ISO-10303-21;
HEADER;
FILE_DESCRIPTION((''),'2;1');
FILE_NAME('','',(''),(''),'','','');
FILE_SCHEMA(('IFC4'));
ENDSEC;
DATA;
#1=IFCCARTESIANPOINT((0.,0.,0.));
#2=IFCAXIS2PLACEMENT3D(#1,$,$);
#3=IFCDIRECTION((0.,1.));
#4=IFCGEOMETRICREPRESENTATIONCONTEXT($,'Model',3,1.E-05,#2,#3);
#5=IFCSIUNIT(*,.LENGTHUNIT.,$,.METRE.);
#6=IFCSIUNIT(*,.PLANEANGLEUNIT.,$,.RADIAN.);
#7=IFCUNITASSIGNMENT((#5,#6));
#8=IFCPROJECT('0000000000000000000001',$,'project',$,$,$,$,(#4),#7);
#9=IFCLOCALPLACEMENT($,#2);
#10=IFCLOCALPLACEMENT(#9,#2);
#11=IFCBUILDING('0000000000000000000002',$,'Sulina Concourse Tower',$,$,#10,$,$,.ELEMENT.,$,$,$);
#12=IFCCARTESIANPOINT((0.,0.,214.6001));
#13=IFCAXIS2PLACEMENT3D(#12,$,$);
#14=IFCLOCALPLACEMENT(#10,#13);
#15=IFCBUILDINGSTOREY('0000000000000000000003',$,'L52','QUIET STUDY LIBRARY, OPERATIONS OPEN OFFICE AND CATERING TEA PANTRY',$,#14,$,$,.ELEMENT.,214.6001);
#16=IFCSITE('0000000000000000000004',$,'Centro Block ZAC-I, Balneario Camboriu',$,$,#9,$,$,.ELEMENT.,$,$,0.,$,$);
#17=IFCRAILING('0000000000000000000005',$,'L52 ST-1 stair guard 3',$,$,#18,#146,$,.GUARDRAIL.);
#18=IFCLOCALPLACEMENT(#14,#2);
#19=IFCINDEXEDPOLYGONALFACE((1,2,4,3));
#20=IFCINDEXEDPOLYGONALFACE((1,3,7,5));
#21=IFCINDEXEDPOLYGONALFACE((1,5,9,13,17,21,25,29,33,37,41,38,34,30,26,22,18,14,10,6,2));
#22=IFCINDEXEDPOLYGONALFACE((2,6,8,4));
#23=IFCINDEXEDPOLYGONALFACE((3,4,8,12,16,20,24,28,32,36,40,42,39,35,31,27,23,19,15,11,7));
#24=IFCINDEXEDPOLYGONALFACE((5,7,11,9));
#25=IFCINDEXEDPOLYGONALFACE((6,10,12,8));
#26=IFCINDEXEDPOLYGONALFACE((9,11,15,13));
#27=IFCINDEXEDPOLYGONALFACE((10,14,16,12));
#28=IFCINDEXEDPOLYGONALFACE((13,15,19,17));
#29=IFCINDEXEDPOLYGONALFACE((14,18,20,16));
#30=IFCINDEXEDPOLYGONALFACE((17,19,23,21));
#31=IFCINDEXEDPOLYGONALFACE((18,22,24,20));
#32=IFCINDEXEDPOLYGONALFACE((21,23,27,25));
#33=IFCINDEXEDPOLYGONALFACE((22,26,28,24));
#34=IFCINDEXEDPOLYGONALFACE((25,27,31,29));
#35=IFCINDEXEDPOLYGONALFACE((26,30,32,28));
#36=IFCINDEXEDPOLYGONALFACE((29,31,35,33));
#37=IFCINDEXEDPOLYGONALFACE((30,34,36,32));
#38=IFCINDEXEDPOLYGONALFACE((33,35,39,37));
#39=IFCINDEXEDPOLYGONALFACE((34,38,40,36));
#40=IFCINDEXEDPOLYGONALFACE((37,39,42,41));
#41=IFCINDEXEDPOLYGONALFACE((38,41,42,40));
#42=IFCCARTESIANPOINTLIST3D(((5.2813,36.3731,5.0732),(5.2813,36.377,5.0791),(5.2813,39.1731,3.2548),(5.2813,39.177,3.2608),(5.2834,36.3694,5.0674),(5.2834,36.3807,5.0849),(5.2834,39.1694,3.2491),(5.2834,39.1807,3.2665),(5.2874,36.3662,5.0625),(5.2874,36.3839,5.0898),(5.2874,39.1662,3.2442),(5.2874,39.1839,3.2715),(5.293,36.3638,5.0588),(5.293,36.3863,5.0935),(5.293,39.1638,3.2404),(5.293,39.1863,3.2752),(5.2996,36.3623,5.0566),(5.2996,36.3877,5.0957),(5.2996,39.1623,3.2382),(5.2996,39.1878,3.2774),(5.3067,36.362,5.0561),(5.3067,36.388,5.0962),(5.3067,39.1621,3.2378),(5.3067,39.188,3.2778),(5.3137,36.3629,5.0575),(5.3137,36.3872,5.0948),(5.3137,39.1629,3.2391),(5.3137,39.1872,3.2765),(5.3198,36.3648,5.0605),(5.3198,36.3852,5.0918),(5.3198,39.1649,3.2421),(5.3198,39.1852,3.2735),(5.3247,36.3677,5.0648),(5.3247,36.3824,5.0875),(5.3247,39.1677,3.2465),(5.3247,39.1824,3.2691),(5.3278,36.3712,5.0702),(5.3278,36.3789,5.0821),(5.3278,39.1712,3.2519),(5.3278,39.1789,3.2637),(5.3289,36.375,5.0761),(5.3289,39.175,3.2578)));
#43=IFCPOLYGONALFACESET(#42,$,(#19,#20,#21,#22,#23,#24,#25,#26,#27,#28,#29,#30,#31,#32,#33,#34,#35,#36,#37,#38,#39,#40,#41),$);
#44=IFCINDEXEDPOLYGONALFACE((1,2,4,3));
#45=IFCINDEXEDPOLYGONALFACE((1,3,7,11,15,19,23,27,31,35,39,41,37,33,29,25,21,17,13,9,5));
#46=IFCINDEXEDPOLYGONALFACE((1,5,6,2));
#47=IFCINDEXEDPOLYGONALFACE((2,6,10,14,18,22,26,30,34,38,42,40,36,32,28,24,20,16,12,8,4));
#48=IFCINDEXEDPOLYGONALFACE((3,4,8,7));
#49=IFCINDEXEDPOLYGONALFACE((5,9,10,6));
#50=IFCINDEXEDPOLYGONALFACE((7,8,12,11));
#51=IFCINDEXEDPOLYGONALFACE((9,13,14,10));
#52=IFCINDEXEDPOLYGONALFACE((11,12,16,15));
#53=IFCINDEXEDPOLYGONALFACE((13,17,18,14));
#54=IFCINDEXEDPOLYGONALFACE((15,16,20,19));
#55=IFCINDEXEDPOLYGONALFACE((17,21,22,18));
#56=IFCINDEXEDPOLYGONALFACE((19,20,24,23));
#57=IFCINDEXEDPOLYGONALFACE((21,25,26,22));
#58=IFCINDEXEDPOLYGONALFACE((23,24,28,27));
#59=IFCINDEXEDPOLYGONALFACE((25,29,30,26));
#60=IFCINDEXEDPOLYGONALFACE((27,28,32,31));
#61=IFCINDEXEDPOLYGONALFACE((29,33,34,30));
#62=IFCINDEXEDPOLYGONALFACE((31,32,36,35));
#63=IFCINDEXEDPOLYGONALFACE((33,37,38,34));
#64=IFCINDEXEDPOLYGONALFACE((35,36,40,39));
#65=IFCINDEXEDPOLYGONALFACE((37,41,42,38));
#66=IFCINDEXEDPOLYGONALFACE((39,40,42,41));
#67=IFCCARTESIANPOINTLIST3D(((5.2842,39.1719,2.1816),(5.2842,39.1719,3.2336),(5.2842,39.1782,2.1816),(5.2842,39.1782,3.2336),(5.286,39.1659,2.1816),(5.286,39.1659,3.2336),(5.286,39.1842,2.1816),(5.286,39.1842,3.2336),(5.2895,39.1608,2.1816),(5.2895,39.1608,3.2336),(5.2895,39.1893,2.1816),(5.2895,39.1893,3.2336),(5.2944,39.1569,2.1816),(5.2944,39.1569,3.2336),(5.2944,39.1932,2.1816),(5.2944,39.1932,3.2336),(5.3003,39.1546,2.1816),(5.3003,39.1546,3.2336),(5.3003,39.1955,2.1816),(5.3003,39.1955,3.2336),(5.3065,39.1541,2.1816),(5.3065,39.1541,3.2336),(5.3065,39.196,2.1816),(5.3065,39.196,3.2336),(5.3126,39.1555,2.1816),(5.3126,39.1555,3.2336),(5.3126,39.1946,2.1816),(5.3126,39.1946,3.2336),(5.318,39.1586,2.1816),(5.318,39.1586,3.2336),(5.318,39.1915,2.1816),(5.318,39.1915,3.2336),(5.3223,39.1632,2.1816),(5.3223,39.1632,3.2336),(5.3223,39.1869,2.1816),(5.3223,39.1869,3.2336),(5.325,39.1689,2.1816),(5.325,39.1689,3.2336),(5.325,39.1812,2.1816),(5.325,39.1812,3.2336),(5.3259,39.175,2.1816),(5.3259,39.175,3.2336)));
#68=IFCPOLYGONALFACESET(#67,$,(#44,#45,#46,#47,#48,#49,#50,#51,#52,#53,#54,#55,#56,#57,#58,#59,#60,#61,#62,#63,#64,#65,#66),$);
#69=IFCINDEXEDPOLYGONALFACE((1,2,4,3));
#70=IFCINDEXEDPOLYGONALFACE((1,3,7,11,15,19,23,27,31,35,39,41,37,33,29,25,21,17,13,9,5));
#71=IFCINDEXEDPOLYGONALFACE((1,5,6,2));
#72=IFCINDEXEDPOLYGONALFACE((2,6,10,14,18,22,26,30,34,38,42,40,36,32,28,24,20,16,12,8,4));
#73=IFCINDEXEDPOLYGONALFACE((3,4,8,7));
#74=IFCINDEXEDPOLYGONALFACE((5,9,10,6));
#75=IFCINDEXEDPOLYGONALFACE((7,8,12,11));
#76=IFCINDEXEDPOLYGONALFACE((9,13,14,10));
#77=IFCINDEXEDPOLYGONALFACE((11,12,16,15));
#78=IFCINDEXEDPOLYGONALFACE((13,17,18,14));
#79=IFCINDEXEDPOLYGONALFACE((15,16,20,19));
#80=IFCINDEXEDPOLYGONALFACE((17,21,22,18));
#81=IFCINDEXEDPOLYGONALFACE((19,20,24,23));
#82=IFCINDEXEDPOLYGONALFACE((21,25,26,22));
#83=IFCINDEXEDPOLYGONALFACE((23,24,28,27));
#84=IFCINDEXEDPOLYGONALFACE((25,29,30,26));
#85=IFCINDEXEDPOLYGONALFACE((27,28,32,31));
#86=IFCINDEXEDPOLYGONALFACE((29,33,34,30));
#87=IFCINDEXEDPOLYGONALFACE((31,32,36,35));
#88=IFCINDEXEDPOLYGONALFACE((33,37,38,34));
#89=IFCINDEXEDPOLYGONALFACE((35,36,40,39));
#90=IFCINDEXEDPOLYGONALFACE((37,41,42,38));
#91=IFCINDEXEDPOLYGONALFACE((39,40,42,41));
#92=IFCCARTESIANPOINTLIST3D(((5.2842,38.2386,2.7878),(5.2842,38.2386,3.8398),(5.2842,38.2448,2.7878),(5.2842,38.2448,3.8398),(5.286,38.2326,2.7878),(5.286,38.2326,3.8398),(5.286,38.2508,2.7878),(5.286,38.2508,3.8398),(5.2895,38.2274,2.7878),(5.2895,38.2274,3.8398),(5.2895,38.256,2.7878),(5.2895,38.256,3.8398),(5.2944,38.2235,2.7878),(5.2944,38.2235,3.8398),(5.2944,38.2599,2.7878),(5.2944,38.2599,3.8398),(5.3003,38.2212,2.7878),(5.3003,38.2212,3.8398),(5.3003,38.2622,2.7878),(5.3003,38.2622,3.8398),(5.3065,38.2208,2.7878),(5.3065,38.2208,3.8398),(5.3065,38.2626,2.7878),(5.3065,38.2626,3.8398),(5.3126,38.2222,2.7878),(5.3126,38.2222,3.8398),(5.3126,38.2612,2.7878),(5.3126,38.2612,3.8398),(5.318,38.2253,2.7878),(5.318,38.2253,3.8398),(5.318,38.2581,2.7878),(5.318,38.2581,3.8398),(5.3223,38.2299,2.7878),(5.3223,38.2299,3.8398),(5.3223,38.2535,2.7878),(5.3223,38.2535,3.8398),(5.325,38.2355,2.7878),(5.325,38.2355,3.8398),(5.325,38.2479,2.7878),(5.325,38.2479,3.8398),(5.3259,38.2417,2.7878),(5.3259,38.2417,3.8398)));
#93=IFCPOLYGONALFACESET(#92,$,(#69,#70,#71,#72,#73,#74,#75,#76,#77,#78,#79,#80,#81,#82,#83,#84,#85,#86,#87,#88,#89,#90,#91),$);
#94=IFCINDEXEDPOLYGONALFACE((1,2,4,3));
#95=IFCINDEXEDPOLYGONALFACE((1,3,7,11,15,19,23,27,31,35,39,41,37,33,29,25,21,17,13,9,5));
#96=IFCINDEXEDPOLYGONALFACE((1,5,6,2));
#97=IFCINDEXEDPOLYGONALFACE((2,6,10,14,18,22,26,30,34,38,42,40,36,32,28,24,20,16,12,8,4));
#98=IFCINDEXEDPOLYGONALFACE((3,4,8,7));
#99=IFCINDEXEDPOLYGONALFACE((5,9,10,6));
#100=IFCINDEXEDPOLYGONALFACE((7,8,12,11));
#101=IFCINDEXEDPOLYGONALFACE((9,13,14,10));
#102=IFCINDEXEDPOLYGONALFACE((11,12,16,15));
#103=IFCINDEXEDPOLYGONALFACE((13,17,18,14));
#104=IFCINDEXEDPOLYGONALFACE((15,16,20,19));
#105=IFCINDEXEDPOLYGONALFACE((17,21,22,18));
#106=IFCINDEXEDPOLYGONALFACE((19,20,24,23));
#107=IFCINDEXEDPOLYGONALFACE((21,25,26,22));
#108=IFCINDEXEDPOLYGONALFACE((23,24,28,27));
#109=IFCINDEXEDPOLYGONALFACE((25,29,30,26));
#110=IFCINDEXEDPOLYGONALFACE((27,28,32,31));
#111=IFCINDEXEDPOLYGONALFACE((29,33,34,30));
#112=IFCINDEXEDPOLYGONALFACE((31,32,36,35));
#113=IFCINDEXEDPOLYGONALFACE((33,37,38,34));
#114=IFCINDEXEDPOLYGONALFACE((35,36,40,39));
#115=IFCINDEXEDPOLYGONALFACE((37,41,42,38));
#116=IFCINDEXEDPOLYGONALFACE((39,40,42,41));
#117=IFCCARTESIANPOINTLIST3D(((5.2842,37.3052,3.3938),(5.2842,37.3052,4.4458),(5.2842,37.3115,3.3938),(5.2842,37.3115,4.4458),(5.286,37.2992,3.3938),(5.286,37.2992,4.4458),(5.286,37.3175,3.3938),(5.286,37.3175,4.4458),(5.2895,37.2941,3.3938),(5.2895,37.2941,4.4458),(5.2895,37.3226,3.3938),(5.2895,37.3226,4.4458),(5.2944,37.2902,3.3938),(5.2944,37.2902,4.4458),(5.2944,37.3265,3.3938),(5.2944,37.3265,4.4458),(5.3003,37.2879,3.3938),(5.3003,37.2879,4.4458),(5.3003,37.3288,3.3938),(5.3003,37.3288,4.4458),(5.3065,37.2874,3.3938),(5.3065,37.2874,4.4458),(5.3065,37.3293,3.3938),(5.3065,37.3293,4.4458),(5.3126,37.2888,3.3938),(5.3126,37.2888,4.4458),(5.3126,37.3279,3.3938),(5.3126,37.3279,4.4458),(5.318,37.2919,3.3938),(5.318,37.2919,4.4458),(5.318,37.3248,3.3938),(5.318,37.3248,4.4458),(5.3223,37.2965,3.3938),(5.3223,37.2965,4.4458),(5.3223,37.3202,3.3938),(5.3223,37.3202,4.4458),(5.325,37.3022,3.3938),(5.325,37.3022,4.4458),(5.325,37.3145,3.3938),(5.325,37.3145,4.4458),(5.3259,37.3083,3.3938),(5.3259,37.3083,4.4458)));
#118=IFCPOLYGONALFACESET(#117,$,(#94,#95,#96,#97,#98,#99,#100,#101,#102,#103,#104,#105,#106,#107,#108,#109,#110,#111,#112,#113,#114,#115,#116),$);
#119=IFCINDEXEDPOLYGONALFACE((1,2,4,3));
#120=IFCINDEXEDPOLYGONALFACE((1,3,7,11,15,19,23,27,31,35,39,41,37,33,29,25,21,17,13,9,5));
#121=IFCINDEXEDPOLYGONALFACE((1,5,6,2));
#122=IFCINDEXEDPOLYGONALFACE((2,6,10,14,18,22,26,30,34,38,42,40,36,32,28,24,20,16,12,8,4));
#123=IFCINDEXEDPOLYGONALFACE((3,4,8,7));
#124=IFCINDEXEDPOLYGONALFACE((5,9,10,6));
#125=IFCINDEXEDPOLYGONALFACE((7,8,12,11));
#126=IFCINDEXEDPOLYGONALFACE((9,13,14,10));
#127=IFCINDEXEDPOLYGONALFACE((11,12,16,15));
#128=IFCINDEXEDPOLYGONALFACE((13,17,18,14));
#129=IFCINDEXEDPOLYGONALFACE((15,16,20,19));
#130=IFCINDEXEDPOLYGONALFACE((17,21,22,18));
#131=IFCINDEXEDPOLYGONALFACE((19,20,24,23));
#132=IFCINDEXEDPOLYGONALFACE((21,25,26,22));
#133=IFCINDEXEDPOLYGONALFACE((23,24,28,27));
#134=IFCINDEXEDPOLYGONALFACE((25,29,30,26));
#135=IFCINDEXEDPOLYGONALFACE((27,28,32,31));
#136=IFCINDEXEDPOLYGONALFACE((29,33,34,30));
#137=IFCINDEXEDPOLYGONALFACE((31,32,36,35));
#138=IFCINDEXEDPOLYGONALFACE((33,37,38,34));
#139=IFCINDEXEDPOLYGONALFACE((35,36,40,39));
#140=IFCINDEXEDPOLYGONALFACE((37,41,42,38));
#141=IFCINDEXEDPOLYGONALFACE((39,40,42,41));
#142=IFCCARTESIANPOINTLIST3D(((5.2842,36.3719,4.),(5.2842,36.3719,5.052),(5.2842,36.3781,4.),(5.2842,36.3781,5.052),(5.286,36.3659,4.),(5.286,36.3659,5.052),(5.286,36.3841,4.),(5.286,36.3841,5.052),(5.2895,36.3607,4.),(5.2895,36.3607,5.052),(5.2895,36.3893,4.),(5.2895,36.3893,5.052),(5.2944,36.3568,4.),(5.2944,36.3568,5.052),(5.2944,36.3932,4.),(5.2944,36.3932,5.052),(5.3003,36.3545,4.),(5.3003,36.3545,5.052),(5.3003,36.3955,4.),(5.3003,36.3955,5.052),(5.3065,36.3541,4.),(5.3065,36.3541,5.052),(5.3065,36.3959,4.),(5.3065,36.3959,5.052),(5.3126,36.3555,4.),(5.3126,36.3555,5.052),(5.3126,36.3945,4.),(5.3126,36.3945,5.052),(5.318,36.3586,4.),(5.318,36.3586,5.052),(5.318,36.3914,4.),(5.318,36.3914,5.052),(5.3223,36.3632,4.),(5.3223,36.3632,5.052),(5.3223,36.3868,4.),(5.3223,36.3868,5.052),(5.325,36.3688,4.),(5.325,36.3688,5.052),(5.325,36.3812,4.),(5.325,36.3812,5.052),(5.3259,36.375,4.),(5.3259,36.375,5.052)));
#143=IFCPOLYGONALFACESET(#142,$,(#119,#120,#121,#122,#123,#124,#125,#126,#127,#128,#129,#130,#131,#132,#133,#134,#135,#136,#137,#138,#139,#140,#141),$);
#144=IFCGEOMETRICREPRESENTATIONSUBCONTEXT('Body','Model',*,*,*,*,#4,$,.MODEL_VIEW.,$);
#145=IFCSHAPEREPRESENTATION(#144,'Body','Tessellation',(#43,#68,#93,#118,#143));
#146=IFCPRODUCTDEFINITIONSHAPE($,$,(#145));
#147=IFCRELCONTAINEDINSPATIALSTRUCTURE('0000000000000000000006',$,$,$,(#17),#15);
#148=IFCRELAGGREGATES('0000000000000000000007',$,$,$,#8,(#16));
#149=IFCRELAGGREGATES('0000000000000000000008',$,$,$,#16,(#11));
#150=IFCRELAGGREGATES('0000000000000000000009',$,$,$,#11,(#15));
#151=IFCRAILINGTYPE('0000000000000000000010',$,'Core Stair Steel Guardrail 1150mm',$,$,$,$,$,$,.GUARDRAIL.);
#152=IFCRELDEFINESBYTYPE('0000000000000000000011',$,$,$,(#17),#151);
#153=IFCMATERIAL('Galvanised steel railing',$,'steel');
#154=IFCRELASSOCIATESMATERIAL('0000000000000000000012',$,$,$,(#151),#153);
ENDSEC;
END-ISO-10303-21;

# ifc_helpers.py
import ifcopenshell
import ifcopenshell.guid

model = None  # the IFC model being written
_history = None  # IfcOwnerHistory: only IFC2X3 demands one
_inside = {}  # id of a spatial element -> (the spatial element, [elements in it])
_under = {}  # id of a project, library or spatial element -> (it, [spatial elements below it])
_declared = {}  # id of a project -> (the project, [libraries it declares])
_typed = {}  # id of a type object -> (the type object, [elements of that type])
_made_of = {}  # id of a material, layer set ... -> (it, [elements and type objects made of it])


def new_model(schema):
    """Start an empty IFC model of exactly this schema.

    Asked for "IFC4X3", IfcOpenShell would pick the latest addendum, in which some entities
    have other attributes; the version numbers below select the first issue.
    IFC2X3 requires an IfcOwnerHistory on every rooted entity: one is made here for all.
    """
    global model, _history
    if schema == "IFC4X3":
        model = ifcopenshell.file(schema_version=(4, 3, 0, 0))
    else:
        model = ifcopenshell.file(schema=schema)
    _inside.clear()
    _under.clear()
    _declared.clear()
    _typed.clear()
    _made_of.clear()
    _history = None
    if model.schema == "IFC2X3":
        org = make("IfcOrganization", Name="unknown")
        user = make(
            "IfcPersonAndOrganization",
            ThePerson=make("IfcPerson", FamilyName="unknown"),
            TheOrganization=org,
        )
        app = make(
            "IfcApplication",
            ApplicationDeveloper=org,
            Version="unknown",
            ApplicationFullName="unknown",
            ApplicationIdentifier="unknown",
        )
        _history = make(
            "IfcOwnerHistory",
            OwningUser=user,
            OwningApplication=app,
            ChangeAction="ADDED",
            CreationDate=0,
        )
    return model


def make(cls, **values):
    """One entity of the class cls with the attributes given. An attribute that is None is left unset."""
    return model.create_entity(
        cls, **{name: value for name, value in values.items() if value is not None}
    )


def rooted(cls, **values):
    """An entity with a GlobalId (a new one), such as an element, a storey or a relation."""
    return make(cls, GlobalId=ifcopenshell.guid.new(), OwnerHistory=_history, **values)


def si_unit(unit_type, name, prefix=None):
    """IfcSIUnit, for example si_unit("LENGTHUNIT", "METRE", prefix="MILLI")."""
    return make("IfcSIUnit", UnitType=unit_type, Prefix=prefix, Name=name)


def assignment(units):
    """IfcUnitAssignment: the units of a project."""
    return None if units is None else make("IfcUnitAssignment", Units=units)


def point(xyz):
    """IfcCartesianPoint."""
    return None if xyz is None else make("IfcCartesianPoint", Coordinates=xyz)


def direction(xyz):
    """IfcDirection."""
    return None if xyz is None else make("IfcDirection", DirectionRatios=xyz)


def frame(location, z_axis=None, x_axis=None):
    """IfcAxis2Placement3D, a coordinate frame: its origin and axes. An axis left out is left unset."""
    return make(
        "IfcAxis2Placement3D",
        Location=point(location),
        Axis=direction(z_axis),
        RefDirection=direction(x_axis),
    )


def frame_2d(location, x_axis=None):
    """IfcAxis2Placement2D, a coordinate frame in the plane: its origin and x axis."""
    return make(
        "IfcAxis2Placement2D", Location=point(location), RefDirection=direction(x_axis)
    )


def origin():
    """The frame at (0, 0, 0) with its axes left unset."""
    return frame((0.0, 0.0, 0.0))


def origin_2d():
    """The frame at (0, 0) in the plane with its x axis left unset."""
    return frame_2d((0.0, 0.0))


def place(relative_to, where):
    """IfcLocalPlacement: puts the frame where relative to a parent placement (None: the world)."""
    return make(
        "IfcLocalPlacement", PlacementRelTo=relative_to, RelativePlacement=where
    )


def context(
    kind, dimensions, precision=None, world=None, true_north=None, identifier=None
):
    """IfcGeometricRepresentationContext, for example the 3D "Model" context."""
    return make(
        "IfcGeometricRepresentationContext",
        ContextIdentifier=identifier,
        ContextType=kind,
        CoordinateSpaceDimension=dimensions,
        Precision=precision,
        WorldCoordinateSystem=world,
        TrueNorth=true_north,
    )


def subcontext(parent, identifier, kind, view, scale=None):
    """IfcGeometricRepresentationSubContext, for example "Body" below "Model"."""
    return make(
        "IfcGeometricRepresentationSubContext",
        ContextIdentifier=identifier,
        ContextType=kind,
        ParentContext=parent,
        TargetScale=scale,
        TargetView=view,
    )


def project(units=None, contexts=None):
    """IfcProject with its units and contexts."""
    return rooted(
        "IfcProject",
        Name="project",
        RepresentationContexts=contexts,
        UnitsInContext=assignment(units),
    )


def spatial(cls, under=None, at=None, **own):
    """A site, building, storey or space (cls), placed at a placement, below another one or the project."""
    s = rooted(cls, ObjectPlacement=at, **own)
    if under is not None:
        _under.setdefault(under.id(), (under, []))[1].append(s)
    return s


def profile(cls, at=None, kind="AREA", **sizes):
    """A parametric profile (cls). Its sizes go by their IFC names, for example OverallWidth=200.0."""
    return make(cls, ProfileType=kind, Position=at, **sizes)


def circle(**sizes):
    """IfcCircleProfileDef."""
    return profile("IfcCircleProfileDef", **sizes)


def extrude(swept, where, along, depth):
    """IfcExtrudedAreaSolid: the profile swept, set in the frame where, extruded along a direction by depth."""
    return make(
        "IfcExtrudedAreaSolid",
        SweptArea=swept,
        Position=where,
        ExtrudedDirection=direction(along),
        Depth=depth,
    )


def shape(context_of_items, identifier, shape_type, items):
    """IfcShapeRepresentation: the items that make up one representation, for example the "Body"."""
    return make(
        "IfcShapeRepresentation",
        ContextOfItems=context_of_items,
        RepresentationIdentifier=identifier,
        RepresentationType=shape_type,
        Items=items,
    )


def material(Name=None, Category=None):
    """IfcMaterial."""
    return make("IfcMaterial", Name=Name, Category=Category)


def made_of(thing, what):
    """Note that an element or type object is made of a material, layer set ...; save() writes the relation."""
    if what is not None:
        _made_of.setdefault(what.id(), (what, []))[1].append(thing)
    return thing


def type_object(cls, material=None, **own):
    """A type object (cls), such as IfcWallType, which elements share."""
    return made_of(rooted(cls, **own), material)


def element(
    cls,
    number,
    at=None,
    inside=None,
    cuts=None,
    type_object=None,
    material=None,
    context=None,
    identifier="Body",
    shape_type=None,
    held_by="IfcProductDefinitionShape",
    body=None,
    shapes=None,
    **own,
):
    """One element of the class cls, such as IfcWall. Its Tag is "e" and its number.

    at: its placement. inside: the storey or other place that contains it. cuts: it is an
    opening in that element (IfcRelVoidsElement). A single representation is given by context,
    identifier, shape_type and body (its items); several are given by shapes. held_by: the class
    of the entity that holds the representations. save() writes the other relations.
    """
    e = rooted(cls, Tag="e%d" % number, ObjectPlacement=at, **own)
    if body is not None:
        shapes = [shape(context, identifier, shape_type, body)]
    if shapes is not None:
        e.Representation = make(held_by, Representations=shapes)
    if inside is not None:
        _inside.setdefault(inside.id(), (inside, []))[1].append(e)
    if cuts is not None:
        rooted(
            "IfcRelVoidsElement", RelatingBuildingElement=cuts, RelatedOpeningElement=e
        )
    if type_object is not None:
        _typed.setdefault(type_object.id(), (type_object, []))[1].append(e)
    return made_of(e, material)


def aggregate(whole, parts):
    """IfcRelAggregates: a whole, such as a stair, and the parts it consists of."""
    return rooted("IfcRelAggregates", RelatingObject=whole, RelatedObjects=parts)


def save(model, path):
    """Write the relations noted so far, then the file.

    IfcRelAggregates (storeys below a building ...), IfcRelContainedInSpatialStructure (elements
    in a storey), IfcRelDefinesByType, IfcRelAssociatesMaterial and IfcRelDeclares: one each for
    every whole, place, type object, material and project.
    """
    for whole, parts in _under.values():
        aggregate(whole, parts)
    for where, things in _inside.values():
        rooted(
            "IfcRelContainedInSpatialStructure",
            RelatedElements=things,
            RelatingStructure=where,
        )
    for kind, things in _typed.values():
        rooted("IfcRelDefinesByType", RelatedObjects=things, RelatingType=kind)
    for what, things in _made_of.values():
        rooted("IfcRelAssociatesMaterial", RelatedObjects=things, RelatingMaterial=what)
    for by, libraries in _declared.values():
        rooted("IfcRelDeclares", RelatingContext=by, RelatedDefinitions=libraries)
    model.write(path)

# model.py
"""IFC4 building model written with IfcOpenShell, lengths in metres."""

from ifc_helpers import new_model, si_unit, direction, frame, origin, origin_2d, place, context, subcontext, project, spatial, circle, extrude, material, type_object, element, save


model = new_model("IFC4")

# Units and contexts
model_context = context("Model", 3, precision=1e-05, world=origin(), true_north=direction((0.0, 1.0)))
body_context = subcontext(model_context, "Body", "Model", "MODEL_VIEW")
ifc_project = project(units=[si_unit("LENGTHUNIT", "METRE"), si_unit("PLANEANGLEUNIT", "RADIAN")], contexts=[model_context])

# Site, building, storey
site_placement = place(None, origin())
site = spatial("IfcSite", under=ifc_project, at=site_placement, Name="Centro Block ZAC-I, Balneario Camboriu", CompositionType="ELEMENT", RefElevation=0.0)
building_placement = place(site_placement, origin())
building = spatial("IfcBuilding", under=site, at=building_placement, Name="Sulina Concourse Tower", CompositionType="ELEMENT")
storey_placement = place(building_placement, frame((0.0, 0.0, 214.6001)))
storey = spatial("IfcBuildingStorey", under=building, at=storey_placement, Name="L52", Description="QUIET STUDY LIBRARY, OPERATIONS OPEN OFFICE AND CATERING TEA PANTRY", CompositionType="ELEMENT", Elevation=214.6001)

# Railing
ifc_material_1 = material(Name="Galvanised steel railing", Category="steel")
railing_type_1 = type_object("IfcRailingType", Name="Core Stair Steel Guardrail 1150mm", PredefinedType="GUARDRAIL", material=ifc_material_1)
railing_1_placement = place(storey_placement, frame((5.3049, 39.175, 2.1816)))
element("IfcRailing", 1, at=railing_1_placement, inside=storey, type_object=railing_type_1, Name="L52 ST-1 stair guard 3", PredefinedType="GUARDRAIL", context=body_context, shape_type="SweptSolid", body=[
    extrude(circle(Radius=0.0239, at=origin_2d()), frame((0.0, 0.0, 1.0762), z_axis=(0.0, -0.838672, 0.544636), x_axis=(1.0, 0.0, 0.0)), (0.0, 0.0, 1.0), 3.3386),
    extrude(circle(Radius=0.021, at=origin_2d()), origin(), (0.0, 0.0, 1.0), 1.052),
    extrude(circle(Radius=0.021, at=origin_2d()), frame((0.0, -0.9333, 0.6062)), (0.0, 0.0, 1.0), 1.052),
    extrude(circle(Radius=0.021, at=origin_2d()), frame((0.0, -1.8667, 1.2122)), (0.0, 0.0, 1.0), 1.052),
    extrude(circle(Radius=0.021, at=origin_2d()), frame((0.0, -2.8, 1.8184)), (0.0, 0.0, 1.0), 1.052),
])

save(model, "model.ifc")
